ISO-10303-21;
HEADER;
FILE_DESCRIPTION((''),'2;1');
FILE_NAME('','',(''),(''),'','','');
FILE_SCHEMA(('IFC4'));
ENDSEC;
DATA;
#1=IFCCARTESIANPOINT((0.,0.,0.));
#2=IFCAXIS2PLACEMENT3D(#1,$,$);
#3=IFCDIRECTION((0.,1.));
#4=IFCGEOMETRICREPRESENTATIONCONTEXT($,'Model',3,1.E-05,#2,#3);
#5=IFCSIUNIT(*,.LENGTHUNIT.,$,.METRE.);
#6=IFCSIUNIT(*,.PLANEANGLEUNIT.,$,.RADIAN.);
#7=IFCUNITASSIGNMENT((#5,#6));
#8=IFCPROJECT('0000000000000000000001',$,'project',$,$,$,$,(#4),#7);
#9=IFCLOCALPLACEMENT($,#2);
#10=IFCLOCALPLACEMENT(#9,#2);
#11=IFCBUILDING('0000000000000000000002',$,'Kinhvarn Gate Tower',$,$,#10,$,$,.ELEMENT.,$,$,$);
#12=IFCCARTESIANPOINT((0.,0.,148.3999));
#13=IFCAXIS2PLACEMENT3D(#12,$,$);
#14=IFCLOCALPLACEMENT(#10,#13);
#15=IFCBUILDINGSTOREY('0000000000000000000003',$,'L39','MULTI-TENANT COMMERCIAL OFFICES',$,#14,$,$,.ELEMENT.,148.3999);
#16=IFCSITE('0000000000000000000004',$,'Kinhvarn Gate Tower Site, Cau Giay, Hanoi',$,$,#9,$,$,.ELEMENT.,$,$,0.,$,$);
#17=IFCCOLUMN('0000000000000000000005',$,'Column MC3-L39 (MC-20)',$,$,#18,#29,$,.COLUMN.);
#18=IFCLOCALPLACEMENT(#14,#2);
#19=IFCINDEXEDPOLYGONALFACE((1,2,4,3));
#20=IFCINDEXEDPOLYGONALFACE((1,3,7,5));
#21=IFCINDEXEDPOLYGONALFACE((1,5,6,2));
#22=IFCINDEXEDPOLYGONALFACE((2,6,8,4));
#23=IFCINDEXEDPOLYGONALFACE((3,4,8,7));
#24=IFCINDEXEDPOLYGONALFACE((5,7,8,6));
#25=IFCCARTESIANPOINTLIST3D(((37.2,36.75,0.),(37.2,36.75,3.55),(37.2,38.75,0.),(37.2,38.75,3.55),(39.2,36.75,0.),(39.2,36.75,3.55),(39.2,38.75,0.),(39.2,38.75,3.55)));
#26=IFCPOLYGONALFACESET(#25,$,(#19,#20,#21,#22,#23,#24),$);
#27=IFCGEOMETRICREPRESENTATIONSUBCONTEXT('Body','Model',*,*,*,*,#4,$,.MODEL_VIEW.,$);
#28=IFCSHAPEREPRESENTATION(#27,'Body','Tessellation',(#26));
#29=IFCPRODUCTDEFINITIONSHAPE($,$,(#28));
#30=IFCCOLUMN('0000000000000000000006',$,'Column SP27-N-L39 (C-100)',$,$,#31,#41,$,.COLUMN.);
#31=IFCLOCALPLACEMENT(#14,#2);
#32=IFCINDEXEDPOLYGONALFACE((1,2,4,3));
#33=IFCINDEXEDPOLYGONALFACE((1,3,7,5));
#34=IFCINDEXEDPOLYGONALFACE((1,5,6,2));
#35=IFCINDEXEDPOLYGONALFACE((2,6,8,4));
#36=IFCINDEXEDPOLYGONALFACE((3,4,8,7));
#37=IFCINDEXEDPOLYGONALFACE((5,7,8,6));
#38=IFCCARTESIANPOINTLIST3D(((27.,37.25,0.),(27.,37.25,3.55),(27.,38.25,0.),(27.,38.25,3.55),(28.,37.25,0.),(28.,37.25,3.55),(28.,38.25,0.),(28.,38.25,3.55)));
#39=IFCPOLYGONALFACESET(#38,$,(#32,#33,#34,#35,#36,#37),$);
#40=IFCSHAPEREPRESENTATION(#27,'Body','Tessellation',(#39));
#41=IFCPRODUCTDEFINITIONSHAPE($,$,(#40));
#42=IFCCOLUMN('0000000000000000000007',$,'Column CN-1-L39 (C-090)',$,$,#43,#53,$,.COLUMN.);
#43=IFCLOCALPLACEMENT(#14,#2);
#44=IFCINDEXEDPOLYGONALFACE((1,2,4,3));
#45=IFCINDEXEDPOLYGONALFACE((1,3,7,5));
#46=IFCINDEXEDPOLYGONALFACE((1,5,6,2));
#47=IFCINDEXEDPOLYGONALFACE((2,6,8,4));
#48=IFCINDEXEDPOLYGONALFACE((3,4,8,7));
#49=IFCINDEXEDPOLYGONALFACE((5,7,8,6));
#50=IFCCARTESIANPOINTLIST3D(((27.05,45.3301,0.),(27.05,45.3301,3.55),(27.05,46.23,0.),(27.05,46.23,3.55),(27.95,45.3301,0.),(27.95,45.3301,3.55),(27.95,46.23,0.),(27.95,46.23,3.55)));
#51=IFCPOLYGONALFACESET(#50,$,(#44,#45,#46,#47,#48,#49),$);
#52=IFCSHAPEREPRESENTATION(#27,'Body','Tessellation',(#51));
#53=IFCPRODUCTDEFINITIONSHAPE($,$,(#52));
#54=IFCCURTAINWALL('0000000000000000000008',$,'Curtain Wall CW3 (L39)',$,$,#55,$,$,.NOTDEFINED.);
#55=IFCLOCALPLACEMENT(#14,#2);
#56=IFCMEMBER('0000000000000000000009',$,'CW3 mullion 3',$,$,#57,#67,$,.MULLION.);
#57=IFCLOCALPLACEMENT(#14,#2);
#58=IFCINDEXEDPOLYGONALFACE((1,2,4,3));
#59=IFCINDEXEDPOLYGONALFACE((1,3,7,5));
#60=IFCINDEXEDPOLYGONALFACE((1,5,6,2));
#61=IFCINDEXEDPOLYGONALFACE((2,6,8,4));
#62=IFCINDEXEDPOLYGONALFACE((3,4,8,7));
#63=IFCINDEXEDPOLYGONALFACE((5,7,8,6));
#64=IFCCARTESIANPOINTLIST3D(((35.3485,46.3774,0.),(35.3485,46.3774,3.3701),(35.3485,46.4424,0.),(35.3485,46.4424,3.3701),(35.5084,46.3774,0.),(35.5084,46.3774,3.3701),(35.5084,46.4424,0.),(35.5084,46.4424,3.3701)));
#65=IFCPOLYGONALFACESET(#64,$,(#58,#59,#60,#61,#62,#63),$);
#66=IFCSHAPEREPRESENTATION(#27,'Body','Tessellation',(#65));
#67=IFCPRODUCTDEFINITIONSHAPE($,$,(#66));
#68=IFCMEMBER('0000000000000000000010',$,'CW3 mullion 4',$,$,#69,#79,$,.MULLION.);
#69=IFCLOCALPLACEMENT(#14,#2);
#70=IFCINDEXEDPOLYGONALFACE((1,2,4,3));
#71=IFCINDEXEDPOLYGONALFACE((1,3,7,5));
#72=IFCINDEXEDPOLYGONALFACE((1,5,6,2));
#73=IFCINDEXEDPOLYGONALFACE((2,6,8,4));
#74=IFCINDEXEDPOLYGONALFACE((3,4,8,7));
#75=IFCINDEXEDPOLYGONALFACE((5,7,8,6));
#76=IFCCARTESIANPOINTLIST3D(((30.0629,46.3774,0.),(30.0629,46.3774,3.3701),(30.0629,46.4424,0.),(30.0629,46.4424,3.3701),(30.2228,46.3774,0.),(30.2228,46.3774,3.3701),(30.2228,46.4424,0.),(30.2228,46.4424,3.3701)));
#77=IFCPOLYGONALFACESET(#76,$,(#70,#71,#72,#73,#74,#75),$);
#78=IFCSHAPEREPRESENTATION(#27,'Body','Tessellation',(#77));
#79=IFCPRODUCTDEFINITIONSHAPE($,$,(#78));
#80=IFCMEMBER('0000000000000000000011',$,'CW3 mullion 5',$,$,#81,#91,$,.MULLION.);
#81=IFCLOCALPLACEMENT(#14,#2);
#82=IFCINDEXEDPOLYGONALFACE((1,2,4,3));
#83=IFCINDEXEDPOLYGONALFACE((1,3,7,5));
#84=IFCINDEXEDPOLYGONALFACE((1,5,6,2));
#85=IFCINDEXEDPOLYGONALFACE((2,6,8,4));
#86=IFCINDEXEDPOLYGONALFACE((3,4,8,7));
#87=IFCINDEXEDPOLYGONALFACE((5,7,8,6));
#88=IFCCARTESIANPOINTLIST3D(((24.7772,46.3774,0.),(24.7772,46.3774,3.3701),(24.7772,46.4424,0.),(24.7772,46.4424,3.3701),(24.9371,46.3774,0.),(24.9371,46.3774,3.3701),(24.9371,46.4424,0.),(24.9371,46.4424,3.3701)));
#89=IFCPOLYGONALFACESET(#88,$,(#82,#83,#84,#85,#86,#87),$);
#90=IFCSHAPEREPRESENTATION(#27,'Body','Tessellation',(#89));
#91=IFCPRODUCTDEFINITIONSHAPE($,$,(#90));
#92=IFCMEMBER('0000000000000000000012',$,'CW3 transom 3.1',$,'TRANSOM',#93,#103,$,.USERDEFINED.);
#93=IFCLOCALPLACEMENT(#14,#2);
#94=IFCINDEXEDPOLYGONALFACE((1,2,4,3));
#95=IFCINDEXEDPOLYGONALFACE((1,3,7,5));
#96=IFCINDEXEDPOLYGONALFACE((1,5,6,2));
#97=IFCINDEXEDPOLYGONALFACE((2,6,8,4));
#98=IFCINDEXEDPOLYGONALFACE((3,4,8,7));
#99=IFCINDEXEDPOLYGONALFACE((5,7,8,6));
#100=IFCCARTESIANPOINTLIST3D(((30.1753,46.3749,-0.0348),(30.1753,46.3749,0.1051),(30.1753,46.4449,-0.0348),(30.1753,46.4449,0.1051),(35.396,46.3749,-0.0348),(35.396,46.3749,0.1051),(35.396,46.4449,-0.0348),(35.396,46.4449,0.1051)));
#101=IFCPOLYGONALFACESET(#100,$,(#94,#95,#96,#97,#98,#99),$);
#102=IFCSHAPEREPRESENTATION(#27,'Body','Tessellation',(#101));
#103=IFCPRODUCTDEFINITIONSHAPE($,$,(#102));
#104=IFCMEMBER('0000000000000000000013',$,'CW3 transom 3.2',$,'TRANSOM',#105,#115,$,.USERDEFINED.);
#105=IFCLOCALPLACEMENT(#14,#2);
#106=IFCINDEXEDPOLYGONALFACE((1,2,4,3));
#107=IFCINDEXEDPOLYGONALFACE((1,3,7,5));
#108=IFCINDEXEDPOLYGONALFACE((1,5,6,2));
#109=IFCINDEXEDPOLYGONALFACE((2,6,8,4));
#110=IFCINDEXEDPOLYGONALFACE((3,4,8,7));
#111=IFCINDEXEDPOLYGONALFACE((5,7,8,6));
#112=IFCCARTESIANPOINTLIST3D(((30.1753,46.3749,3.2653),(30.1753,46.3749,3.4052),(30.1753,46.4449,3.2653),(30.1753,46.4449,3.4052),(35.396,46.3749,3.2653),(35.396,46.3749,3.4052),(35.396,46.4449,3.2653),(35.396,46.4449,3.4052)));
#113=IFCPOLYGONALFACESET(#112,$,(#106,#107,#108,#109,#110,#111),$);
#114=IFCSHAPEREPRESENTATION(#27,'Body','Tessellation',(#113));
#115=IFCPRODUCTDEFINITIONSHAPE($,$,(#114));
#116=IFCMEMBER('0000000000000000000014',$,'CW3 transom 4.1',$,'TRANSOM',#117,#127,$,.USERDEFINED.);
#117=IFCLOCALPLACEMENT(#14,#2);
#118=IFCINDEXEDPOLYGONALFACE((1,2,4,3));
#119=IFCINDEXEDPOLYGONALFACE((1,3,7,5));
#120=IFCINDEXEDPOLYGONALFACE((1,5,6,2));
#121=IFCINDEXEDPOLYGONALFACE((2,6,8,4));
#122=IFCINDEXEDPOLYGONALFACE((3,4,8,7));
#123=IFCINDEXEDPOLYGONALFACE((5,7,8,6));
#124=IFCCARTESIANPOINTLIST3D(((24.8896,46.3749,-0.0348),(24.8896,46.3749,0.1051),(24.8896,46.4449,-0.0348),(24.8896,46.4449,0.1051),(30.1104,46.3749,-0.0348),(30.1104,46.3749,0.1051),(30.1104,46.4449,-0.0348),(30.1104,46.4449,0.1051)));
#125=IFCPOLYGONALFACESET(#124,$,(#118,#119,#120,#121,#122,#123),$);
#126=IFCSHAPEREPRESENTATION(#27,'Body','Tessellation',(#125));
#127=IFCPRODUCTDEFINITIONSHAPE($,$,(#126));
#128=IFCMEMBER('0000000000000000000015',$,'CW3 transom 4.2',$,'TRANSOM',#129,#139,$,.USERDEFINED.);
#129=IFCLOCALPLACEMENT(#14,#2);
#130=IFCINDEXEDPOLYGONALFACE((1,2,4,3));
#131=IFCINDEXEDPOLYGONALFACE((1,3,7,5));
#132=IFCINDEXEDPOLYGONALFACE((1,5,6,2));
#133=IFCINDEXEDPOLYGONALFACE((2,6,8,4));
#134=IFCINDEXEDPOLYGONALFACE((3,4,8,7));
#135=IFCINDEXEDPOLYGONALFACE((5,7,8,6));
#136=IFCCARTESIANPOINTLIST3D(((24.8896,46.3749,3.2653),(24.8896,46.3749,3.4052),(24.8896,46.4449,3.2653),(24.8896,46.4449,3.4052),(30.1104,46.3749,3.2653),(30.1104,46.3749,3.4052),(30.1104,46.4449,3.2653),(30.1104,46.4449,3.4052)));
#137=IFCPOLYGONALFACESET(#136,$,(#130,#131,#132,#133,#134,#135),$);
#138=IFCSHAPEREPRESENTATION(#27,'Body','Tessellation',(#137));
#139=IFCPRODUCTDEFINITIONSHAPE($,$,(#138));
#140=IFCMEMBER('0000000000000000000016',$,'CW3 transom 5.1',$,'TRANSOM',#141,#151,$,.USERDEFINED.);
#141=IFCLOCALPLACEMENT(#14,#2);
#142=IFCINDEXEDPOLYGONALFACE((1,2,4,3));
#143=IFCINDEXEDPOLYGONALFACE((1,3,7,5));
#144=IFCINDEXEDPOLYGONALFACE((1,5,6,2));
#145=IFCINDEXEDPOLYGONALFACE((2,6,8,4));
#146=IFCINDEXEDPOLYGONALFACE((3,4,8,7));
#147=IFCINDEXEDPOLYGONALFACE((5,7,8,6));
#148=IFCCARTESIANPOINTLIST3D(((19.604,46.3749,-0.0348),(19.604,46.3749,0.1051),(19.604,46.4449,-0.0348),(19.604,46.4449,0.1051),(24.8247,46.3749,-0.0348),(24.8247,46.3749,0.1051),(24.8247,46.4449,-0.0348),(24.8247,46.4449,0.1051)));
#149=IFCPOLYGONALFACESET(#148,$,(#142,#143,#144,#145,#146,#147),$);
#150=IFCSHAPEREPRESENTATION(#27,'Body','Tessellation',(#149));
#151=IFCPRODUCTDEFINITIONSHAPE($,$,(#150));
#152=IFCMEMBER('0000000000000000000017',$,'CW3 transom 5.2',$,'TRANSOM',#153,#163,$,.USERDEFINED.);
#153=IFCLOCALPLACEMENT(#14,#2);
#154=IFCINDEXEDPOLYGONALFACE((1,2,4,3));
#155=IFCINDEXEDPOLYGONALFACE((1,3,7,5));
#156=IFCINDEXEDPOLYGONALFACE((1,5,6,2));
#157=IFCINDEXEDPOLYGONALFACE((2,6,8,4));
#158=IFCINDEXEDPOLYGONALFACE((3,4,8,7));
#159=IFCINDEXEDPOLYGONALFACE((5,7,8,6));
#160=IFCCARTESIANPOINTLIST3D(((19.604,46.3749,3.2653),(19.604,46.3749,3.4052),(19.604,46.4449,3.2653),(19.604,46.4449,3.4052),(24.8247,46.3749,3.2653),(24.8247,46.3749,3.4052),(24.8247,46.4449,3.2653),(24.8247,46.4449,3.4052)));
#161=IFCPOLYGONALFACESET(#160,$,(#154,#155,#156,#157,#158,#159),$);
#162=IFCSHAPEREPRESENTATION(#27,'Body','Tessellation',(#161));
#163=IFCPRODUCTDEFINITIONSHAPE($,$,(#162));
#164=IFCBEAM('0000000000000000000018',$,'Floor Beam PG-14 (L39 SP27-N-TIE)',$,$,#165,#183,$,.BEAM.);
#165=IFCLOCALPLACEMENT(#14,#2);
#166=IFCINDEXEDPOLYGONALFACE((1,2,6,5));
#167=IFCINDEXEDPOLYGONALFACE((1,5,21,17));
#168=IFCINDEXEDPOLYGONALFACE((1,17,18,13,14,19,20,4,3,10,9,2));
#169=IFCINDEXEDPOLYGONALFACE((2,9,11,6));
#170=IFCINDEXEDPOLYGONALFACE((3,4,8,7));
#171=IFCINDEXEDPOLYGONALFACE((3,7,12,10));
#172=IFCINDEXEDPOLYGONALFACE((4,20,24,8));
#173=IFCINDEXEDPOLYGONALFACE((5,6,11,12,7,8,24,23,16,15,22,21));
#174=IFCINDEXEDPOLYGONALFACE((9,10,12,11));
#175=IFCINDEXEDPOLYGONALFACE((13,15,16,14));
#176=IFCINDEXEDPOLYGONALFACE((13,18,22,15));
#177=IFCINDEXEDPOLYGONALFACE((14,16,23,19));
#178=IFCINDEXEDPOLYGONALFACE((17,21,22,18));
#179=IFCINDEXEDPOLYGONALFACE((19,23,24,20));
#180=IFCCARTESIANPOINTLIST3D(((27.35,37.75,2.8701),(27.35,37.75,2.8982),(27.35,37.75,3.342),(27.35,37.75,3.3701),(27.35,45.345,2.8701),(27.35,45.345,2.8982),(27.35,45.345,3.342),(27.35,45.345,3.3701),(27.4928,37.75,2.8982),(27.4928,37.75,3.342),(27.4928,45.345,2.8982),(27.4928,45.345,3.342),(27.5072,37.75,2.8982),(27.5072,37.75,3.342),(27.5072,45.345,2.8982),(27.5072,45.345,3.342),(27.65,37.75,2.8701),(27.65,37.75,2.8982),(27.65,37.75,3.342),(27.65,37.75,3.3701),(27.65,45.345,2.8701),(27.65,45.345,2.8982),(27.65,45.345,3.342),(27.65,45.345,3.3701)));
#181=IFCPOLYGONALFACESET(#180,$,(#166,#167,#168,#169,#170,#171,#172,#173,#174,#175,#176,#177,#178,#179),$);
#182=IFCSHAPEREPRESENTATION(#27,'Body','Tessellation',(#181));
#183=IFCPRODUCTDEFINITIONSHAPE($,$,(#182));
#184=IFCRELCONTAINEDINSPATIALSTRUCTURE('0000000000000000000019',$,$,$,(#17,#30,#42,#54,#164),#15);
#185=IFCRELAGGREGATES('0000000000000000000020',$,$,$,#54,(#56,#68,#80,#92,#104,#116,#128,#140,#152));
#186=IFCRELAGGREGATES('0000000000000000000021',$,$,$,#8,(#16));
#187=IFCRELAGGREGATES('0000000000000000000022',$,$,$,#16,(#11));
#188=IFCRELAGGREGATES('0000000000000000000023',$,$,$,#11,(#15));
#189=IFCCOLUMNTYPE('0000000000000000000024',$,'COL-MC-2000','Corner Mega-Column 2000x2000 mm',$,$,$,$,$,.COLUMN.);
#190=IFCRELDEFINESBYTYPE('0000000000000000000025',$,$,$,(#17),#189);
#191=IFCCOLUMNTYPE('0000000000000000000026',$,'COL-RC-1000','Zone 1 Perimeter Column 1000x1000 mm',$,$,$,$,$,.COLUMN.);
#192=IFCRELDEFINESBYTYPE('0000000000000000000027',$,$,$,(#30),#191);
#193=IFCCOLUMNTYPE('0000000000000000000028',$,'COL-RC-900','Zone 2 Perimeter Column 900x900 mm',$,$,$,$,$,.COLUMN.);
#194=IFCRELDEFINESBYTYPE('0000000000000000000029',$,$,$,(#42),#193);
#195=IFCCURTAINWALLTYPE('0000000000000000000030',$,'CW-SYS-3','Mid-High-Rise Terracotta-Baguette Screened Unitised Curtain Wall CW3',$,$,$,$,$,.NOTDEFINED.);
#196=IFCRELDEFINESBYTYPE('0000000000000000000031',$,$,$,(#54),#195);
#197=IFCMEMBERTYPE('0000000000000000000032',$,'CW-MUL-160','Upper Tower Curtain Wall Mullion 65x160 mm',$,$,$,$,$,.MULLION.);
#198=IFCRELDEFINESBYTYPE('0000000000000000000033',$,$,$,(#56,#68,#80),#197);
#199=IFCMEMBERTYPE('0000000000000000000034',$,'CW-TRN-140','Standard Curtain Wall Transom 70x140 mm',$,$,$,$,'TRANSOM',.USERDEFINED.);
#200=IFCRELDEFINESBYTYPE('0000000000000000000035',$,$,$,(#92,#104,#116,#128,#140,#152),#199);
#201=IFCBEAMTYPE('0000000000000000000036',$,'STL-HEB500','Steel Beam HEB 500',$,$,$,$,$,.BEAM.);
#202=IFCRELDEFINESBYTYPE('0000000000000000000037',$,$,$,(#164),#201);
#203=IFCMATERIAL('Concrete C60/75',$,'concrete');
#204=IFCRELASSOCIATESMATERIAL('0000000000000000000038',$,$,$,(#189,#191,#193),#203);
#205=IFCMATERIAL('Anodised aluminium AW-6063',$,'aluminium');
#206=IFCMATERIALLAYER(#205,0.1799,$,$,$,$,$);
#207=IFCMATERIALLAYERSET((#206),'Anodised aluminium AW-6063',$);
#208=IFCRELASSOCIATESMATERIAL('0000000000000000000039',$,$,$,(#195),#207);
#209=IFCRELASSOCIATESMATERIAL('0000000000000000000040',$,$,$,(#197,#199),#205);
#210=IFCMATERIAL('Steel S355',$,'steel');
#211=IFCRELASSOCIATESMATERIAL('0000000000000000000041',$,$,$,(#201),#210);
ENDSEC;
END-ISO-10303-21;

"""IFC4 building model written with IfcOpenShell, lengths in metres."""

from ifc_helpers import new_model, si_unit, direction, frame, origin, origin_2d, place, context, subcontext, project, spatial, rectangle, i_section, extrude, material, layer, layer_set, material_profile, profile_set, type_object, element, aggregate, save


model = new_model("IFC4")

# Units and contexts
model_context = context("Model", 3, precision=1e-05, world=origin(), true_north=direction((0.0, 1.0)))
body_context = subcontext(model_context, "Body", "Model", "MODEL_VIEW")
ifc_project = project(units=[si_unit("LENGTHUNIT", "METRE"), si_unit("PLANEANGLEUNIT", "RADIAN")], contexts=[model_context])

# Site, building, storey
site_placement = place(None, origin())
site = spatial("IfcSite", under=ifc_project, at=site_placement, Name="Kinhvarn Gate Tower Site, Cau Giay, Hanoi", CompositionType="ELEMENT", RefElevation=0.0)
building_placement = place(site_placement, origin())
building = spatial("IfcBuilding", under=site, at=building_placement, Name="Kinhvarn Gate Tower", CompositionType="ELEMENT")
storey_placement = place(building_placement, frame((0.0, 0.0, 148.3999)))
storey = spatial("IfcBuildingStorey", under=building, at=storey_placement, Name="L39", Description="MULTI-TENANT COMMERCIAL OFFICES", CompositionType="ELEMENT", Elevation=148.3999)

# Columns
ifc_material_1 = material(Name="Concrete C60/75", Category="concrete")
ifc_material_profile_1 = material_profile(ifc_material_1, rectangle(XDim=2.0, YDim=2.0, at=origin_2d()), Name="RC 2000x2000")
ifc_profile_set_1 = profile_set([ifc_material_profile_1], Name="Concrete C60/75")
column_type_1 = type_object("IfcColumnType", Name="COL-MC-2000", Description="Corner Mega-Column 2000x2000 mm", PredefinedType="COLUMN", material=ifc_profile_set_1)
column_1_placement = place(storey_placement, frame((38.2, 37.75, 0.0), z_axis=(0.0, 0.0, 1.0), x_axis=(1.0, 0.0, 0.0)))
element("IfcColumn", 1, at=column_1_placement, inside=storey, type_object=column_type_1, Name="Column MC3-L39 (MC-20)", PredefinedType="COLUMN", context=body_context, shape_type="SweptSolid", body=[
    extrude(rectangle(XDim=2.0, YDim=2.0, at=origin_2d()), origin(), (0.0, 0.0, 1.0), 3.55),
])
ifc_material_profile_2 = material_profile(ifc_material_1, rectangle(XDim=1.0, YDim=1.0, at=origin_2d()), Name="RC 1000x1000")
ifc_profile_set_2 = profile_set([ifc_material_profile_2], Name="Concrete C60/75")
column_type_2 = type_object("IfcColumnType", Name="COL-RC-1000", Description="Zone 1 Perimeter Column 1000x1000 mm", PredefinedType="COLUMN", material=ifc_profile_set_2)
column_2_placement = place(storey_placement, frame((27.5, 37.75, 0.0), z_axis=(0.0, 0.0, 1.0), x_axis=(1.0, 0.0, 0.0)))
element("IfcColumn", 2, at=column_2_placement, inside=storey, type_object=column_type_2, Name="Column SP27-N-L39 (C-100)", PredefinedType="COLUMN", context=body_context, shape_type="SweptSolid", body=[
    extrude(rectangle(XDim=1.0, YDim=1.0, at=origin_2d()), origin(), (0.0, 0.0, 1.0), 3.55),
])
ifc_material_profile_3 = material_profile(ifc_material_1, rectangle(XDim=0.8999, YDim=0.8999, at=origin_2d()), Name="RC 900x900")
ifc_profile_set_3 = profile_set([ifc_material_profile_3], Name="Concrete C60/75")
column_type_3 = type_object("IfcColumnType", Name="COL-RC-900", Description="Zone 2 Perimeter Column 900x900 mm", PredefinedType="COLUMN", material=ifc_profile_set_3)
column_3_placement = place(storey_placement, frame((27.5, 45.78, 0.0), z_axis=(0.0, 0.0, 1.0), x_axis=(1.0, 0.0, 0.0)))
element("IfcColumn", 3, at=column_3_placement, inside=storey, type_object=column_type_3, Name="Column CN-1-L39 (C-090)", PredefinedType="COLUMN", context=body_context, shape_type="SweptSolid", body=[
    extrude(rectangle(XDim=0.8999, YDim=0.8999, at=origin_2d()), origin(), (0.0, 0.0, 1.0), 3.55),
])

# Curtain wall, members
ifc_material_2 = material(Name="Anodised aluminium AW-6063", Category="aluminium")
ifc_layer_1 = layer(ifc_material_2, 0.1799)
ifc_layer_set_1 = layer_set([ifc_layer_1], Name="Anodised aluminium AW-6063")
curtain_wall_type = type_object("IfcCurtainWallType", Name="CW-SYS-3", Description="Mid-High-Rise Terracotta-Baguette Screened Unitised Curtain Wall CW3", PredefinedType="NOTDEFINED", material=ifc_layer_set_1)
curtain_wall_placement = place(storey_placement, origin())
curtain_wall = element("IfcCurtainWall", 4, at=curtain_wall_placement, inside=storey, type_object=curtain_wall_type, Name="Curtain Wall CW3 (L39)", PredefinedType="NOTDEFINED")
ifc_material_profile_4 = material_profile(ifc_material_2, rectangle(XDim=0.0649, YDim=0.1599, at=origin_2d()), Name="ALU 65x160")
ifc_profile_set_4 = profile_set([ifc_material_profile_4], Name="Anodised aluminium AW-6063")
member_type_1 = type_object("IfcMemberType", Name="CW-MUL-160", Description="Upper Tower Curtain Wall Mullion 65x160 mm", PredefinedType="MULLION", material=ifc_profile_set_4)
member_1_placement = place(storey_placement, frame((35.4285, 46.4099, 0.0), z_axis=(0.0, 0.0, 1.0), x_axis=(0.0, -1.0, 0.0)))
member_1 = element("IfcMember", 5, at=member_1_placement, type_object=member_type_1, Name="CW3 mullion 3", PredefinedType="MULLION", context=body_context, shape_type="SweptSolid", body=[
    extrude(rectangle(XDim=0.0649, YDim=0.1599, at=origin_2d()), origin(), (0.0, 0.0, 1.0), 3.3701),
])
member_2_placement = place(storey_placement, frame((30.1428, 46.4099, 0.0), z_axis=(0.0, 0.0, 1.0), x_axis=(0.0, -1.0, 0.0)))
member_2 = element("IfcMember", 6, at=member_2_placement, type_object=member_type_1, Name="CW3 mullion 4", PredefinedType="MULLION", context=body_context, shape_type="SweptSolid", body=[
    extrude(rectangle(XDim=0.0649, YDim=0.1599, at=origin_2d()), origin(), (0.0, 0.0, 1.0), 3.3701),
])
member_3_placement = place(storey_placement, frame((24.8572, 46.4099, 0.0), z_axis=(0.0, 0.0, 1.0), x_axis=(0.0, -1.0, 0.0)))
member_3 = element("IfcMember", 7, at=member_3_placement, type_object=member_type_1, Name="CW3 mullion 5", PredefinedType="MULLION", context=body_context, shape_type="SweptSolid", body=[
    extrude(rectangle(XDim=0.0649, YDim=0.1599, at=origin_2d()), origin(), (0.0, 0.0, 1.0), 3.3701),
])
ifc_material_profile_5 = material_profile(ifc_material_2, rectangle(XDim=0.0701, YDim=0.1399, at=origin_2d()), Name="ALU 70x140")
ifc_profile_set_5 = profile_set([ifc_material_profile_5], Name="Anodised aluminium AW-6063")
member_type_2 = type_object("IfcMemberType", Name="CW-TRN-140", Description="Standard Curtain Wall Transom 70x140 mm", ElementType="TRANSOM", PredefinedType="USERDEFINED", material=ifc_profile_set_5)
member_4_placement = place(storey_placement, frame((35.396, 46.4099, 0.0352), z_axis=(-1.0, 0.0, 0.0), x_axis=(0.0, -1.0, 0.0)))
member_4 = element("IfcMember", 8, at=member_4_placement, type_object=member_type_2, Name="CW3 transom 3.1", ObjectType="TRANSOM", PredefinedType="USERDEFINED", context=body_context, shape_type="SweptSolid", body=[
    extrude(rectangle(XDim=0.0701, YDim=0.1399, at=origin_2d()), origin(), (0.0, 0.0, 1.0), 5.2207),
])
member_5_placement = place(storey_placement, frame((35.396, 46.4099, 3.3352), z_axis=(-1.0, 0.0, 0.0), x_axis=(0.0, -1.0, 0.0)))
member_5 = element("IfcMember", 9, at=member_5_placement, type_object=member_type_2, Name="CW3 transom 3.2", ObjectType="TRANSOM", PredefinedType="USERDEFINED", context=body_context, shape_type="SweptSolid", body=[
    extrude(rectangle(XDim=0.0701, YDim=0.1399, at=origin_2d()), origin(), (0.0, 0.0, 1.0), 5.2207),
])
member_6_placement = place(storey_placement, frame((30.1104, 46.4099, 0.0352), z_axis=(-1.0, 0.0, 0.0), x_axis=(0.0, -1.0, 0.0)))
member_6 = element("IfcMember", 10, at=member_6_placement, type_object=member_type_2, Name="CW3 transom 4.1", ObjectType="TRANSOM", PredefinedType="USERDEFINED", context=body_context, shape_type="SweptSolid", body=[
    extrude(rectangle(XDim=0.0701, YDim=0.1399, at=origin_2d()), origin(), (0.0, 0.0, 1.0), 5.2207),
])
member_7_placement = place(storey_placement, frame((30.1104, 46.4099, 3.3352), z_axis=(-1.0, 0.0, 0.0), x_axis=(0.0, -1.0, 0.0)))
member_7 = element("IfcMember", 11, at=member_7_placement, type_object=member_type_2, Name="CW3 transom 4.2", ObjectType="TRANSOM", PredefinedType="USERDEFINED", context=body_context, shape_type="SweptSolid", body=[
    extrude(rectangle(XDim=0.0701, YDim=0.1399, at=origin_2d()), origin(), (0.0, 0.0, 1.0), 5.2207),
])
member_8_placement = place(storey_placement, frame((24.8247, 46.4099, 0.0352), z_axis=(-1.0, 0.0, 0.0), x_axis=(0.0, -1.0, 0.0)))
member_8 = element("IfcMember", 12, at=member_8_placement, type_object=member_type_2, Name="CW3 transom 5.1", ObjectType="TRANSOM", PredefinedType="USERDEFINED", context=body_context, shape_type="SweptSolid", body=[
    extrude(rectangle(XDim=0.0701, YDim=0.1399, at=origin_2d()), origin(), (0.0, 0.0, 1.0), 5.2207),
])
member_9_placement = place(storey_placement, frame((24.8247, 46.4099, 3.3352), z_axis=(-1.0, 0.0, 0.0), x_axis=(0.0, -1.0, 0.0)))
member_9 = element("IfcMember", 13, at=member_9_placement, type_object=member_type_2, Name="CW3 transom 5.2", ObjectType="TRANSOM", PredefinedType="USERDEFINED", context=body_context, shape_type="SweptSolid", body=[
    extrude(rectangle(XDim=0.0701, YDim=0.1399, at=origin_2d()), origin(), (0.0, 0.0, 1.0), 5.2207),
])

# Beam
ifc_material_3 = material(Name="Steel S355", Category="steel")
ifc_material_profile_6 = material_profile(ifc_material_3, i_section(OverallWidth=0.3, OverallDepth=0.5, WebThickness=0.0144, FlangeThickness=0.0281, at=origin_2d()), Name="HEB 500")
ifc_profile_set_6 = profile_set([ifc_material_profile_6], Name="Steel S355")
beam_type_1 = type_object("IfcBeamType", Name="STL-HEB500", Description="Steel Beam HEB 500", PredefinedType="BEAM", material=ifc_profile_set_6)
beam_1_placement = place(storey_placement, frame((27.5, 37.75, 3.1201), z_axis=(0.0, 1.0, 0.0), x_axis=(-1.0, 0.0, 0.0)))
element("IfcBeam", 14, at=beam_1_placement, inside=storey, type_object=beam_type_1, Name="Floor Beam PG-14 (L39 SP27-N-TIE)", PredefinedType="BEAM", context=body_context, shape_type="SweptSolid", body=[
    extrude(i_section(OverallWidth=0.3, OverallDepth=0.5, WebThickness=0.0144, FlangeThickness=0.0281, at=origin_2d()), origin(), (0.0, 0.0, 1.0), 7.595),
])

aggregate(curtain_wall, [member_1, member_2, member_3, member_4, member_5, member_6, member_7, member_8, member_9])

save(model, "model.ifc")
